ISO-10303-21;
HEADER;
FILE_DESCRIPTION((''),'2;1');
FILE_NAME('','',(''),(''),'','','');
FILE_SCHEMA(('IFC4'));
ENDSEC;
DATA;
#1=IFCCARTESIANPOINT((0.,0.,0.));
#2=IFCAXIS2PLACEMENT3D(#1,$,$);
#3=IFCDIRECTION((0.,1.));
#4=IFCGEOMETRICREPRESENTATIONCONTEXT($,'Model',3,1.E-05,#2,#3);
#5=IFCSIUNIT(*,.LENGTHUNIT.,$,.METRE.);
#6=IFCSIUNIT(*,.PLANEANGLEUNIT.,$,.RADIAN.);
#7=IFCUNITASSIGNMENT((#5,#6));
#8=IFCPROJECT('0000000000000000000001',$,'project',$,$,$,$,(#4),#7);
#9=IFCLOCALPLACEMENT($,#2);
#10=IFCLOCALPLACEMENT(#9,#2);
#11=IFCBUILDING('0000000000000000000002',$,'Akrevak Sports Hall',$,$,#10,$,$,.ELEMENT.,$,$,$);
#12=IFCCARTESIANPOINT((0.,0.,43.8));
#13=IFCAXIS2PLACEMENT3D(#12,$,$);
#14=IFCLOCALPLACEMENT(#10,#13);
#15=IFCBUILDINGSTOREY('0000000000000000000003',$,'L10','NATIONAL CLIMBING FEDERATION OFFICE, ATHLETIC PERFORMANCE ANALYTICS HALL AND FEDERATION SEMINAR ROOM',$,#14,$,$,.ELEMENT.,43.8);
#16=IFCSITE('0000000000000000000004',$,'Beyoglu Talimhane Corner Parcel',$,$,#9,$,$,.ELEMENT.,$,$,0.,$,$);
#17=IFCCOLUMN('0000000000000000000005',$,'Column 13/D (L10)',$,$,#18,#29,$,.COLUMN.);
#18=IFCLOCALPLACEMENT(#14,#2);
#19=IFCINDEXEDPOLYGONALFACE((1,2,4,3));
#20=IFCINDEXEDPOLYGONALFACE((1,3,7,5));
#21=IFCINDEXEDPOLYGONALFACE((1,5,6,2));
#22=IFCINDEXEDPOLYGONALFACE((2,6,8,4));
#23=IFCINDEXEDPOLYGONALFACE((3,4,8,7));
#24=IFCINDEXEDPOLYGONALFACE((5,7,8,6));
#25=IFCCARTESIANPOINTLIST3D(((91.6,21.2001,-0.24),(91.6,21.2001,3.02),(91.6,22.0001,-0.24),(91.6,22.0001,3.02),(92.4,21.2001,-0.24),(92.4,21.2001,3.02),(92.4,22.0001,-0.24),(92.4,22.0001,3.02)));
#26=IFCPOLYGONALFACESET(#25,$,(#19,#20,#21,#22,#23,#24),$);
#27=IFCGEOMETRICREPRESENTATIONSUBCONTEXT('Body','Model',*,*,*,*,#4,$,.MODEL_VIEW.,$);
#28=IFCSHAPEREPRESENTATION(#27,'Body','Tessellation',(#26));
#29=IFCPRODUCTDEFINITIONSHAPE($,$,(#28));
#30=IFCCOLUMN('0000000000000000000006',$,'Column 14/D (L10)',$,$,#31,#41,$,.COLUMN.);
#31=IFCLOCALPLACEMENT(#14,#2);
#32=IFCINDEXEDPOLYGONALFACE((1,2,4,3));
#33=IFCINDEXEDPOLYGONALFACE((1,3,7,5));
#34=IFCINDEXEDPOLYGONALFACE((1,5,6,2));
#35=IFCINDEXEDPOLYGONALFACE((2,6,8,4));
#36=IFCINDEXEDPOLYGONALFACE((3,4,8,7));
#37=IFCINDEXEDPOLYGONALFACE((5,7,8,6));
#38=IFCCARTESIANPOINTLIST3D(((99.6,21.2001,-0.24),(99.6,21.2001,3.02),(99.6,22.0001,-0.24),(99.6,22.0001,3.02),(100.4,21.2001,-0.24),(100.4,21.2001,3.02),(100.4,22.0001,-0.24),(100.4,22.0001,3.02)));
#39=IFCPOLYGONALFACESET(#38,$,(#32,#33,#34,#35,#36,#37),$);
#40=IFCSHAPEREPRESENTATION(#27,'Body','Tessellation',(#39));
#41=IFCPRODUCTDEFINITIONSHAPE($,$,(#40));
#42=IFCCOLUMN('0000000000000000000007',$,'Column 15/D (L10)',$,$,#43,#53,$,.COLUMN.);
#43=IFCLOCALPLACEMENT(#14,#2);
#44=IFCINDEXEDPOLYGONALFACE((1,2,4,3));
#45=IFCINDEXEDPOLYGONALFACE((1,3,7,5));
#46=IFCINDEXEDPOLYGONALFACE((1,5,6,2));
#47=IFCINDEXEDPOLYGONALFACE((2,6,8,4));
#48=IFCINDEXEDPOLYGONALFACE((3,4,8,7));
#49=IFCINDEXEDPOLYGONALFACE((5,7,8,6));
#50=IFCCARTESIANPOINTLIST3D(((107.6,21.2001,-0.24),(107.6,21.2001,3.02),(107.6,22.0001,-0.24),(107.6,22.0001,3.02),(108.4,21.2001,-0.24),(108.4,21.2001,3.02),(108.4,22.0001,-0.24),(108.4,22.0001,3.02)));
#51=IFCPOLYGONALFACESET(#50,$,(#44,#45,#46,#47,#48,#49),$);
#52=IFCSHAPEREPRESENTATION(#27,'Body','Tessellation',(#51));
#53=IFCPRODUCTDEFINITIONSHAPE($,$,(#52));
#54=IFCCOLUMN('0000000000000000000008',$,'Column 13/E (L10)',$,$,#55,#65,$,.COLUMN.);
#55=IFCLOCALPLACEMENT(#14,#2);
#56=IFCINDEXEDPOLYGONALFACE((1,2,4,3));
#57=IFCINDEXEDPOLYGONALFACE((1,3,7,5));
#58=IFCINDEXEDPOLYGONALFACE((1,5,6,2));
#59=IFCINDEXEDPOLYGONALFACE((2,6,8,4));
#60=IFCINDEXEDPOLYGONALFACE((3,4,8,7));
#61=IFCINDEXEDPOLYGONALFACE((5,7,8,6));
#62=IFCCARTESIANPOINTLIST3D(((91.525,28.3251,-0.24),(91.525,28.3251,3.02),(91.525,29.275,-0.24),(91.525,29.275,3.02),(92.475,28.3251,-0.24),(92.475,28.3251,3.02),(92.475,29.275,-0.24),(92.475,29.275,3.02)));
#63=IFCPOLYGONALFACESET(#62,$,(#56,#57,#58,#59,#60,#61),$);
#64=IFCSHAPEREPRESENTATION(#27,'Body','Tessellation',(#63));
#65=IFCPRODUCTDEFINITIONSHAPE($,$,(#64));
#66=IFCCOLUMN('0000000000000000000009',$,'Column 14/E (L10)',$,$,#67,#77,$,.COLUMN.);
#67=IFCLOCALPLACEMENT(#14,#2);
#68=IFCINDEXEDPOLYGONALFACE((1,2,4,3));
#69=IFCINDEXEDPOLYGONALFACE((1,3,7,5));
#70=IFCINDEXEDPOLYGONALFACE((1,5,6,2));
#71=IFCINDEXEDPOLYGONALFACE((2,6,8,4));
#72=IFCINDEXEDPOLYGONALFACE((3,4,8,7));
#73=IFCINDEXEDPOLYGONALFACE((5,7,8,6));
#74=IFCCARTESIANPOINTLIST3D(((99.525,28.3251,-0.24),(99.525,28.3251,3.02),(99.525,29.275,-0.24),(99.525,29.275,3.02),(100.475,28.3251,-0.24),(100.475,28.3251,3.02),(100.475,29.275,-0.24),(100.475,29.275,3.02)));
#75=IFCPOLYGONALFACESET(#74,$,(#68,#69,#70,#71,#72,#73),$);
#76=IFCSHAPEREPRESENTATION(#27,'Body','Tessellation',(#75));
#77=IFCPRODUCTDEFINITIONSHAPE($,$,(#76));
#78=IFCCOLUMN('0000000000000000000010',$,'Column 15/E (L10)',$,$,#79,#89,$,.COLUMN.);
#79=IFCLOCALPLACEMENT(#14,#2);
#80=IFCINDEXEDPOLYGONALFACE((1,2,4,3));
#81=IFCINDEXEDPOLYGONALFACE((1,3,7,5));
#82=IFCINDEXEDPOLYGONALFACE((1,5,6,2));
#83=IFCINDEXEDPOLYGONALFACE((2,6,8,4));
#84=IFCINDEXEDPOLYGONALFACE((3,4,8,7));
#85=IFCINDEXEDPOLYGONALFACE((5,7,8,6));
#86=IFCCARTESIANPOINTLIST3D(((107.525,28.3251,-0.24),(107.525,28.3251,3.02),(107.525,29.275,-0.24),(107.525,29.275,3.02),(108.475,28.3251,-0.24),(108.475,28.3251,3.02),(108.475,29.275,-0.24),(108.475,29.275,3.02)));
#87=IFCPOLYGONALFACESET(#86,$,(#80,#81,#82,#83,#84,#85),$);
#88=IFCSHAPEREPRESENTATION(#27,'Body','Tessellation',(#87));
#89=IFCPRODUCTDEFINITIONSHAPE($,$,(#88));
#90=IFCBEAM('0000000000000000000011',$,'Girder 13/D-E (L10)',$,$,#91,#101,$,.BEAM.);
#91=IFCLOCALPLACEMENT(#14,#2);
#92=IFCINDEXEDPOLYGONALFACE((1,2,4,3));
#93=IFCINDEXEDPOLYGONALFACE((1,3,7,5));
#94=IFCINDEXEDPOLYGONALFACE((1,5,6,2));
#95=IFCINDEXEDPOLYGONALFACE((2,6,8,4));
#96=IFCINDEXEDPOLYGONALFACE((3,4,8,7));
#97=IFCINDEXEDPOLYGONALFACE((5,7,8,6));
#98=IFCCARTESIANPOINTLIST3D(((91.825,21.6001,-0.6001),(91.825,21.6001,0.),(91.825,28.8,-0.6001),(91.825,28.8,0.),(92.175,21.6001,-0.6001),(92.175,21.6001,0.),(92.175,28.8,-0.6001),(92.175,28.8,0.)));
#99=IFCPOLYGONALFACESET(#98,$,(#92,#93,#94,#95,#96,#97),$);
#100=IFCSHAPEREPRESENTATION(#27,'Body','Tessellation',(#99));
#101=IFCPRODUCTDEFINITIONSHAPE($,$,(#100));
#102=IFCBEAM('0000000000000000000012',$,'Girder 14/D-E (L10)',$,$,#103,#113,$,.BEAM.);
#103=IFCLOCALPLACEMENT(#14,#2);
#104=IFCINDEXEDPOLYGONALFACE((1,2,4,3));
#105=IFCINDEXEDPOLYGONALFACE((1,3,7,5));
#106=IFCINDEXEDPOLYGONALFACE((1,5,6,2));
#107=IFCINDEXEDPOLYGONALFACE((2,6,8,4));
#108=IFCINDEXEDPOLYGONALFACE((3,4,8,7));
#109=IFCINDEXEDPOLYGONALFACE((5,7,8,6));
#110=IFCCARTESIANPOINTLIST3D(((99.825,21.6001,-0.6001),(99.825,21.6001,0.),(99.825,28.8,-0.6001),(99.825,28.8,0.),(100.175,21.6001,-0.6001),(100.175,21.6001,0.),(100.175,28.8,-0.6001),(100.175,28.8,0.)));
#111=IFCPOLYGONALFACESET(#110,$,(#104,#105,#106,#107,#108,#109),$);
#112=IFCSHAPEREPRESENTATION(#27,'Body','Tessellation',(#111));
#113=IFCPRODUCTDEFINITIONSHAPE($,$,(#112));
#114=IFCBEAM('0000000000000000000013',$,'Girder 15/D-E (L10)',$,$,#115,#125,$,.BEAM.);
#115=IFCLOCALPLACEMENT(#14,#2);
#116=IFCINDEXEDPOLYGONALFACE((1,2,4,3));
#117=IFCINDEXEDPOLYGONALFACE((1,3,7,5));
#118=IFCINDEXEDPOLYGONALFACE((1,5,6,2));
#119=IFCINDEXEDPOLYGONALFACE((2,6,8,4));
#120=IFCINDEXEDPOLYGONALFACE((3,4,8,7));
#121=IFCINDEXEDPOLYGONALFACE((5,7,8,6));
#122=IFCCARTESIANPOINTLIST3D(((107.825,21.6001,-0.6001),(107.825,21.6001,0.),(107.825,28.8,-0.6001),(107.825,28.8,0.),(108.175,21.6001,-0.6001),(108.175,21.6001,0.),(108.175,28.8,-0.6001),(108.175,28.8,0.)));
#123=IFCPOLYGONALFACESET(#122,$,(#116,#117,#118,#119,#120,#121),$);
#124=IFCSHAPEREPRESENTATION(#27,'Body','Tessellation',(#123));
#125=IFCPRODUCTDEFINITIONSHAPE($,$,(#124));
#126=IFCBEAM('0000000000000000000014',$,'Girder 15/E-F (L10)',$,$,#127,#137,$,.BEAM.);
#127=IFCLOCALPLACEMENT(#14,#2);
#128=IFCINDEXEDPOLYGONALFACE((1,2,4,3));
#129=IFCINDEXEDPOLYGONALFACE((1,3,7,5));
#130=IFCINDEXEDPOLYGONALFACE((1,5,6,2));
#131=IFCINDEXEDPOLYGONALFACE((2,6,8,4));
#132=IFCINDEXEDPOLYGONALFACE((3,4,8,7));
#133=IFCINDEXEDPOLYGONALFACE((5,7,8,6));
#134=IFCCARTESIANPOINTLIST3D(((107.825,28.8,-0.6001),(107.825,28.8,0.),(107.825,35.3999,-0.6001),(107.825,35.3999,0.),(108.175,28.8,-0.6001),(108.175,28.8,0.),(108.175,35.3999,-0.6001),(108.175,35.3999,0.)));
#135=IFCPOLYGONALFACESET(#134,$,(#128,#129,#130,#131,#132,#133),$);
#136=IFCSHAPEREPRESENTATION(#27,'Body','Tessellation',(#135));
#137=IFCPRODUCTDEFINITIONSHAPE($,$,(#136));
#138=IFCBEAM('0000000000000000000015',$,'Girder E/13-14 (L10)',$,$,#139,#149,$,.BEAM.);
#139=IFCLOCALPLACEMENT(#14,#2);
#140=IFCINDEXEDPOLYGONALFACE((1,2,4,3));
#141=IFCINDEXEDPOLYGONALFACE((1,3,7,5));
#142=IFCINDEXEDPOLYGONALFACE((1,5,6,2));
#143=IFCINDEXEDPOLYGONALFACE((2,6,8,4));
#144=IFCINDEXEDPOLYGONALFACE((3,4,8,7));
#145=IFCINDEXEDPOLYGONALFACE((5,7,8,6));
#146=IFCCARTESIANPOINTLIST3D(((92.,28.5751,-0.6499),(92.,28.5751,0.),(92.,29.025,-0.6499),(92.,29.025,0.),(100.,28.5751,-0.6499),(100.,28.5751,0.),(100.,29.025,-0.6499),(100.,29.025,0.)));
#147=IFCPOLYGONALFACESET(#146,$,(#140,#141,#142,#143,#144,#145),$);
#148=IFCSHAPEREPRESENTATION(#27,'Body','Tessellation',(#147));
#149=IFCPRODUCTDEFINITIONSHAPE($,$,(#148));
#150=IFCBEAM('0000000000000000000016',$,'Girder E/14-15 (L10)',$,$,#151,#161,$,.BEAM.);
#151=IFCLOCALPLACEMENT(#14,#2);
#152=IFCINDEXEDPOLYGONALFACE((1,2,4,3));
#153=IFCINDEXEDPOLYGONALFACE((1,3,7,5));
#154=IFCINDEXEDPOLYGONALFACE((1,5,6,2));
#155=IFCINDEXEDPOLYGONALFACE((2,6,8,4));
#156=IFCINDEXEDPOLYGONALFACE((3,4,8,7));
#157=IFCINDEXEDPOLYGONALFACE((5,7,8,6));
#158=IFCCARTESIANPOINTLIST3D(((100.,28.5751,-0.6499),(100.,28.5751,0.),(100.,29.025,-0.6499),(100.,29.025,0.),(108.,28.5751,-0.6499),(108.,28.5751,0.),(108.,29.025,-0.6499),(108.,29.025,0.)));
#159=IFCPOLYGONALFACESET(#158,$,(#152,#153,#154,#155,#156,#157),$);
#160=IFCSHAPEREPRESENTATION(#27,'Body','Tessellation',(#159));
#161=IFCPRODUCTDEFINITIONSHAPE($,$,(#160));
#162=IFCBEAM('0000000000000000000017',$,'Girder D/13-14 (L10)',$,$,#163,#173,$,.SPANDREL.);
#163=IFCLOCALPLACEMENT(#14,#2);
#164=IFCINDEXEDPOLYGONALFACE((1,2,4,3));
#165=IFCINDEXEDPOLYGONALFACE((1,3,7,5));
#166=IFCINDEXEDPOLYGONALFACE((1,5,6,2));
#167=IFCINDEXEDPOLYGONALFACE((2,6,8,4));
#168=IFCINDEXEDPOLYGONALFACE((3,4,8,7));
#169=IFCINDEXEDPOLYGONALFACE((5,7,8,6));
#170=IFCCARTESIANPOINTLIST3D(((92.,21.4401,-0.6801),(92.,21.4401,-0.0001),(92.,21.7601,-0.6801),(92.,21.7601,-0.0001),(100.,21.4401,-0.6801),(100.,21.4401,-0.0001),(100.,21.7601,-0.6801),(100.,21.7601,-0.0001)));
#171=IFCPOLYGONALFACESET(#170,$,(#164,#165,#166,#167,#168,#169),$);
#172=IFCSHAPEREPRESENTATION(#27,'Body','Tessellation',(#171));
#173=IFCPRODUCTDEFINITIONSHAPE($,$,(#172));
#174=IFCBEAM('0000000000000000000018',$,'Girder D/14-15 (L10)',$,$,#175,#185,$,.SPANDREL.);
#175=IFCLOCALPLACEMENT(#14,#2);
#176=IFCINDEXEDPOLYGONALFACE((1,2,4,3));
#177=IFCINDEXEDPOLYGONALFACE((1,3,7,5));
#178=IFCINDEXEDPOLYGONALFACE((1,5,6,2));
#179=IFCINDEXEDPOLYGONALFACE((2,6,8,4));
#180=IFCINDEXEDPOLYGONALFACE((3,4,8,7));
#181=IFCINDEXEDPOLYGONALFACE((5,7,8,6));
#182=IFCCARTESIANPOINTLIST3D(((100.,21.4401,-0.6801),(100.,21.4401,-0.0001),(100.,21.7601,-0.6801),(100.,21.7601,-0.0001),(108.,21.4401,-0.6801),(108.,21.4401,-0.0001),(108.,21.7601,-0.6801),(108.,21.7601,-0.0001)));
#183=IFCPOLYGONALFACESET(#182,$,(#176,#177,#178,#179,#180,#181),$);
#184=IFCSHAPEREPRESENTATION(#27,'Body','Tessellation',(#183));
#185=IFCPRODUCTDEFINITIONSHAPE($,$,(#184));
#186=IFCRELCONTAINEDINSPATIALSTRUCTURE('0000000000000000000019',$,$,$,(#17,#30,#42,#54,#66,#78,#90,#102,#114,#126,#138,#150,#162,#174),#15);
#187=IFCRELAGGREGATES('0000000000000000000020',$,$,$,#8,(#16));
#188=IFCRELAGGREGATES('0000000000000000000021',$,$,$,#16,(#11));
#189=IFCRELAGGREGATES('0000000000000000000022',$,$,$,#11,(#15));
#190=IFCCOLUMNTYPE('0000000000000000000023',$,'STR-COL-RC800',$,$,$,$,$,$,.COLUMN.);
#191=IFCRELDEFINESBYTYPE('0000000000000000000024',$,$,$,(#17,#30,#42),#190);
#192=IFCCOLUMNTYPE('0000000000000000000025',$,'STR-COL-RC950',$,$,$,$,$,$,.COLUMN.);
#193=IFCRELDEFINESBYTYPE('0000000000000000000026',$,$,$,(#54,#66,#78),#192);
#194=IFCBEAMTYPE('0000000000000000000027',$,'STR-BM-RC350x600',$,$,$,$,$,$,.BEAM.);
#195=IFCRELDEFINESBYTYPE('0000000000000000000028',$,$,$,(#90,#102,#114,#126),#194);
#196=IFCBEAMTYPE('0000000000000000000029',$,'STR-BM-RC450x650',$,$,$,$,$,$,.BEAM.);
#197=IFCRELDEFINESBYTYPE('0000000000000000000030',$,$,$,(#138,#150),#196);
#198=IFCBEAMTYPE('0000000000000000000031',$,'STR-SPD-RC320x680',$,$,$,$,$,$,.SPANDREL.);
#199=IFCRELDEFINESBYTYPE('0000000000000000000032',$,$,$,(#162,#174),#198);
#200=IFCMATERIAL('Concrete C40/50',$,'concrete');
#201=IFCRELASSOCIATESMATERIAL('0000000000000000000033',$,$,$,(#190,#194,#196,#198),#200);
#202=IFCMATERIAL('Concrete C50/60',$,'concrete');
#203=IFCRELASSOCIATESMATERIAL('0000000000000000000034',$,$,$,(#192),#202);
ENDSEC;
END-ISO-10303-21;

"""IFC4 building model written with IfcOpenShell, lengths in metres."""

from ifc_helpers import new_model, si_unit, direction, frame, origin, origin_2d, place, context, subcontext, project, spatial, rectangle, extrude, material, material_profile, profile_set, type_object, element, save


model = new_model("IFC4")

# Units and contexts
model_context = context("Model", 3, precision=1e-05, world=origin(), true_north=direction((0.0, 1.0)))
body_context = subcontext(model_context, "Body", "Model", "MODEL_VIEW")
ifc_project = project(units=[si_unit("LENGTHUNIT", "METRE"), si_unit("PLANEANGLEUNIT", "RADIAN")], contexts=[model_context])

# Site, building, storey
site_placement = place(None, origin())
site = spatial("IfcSite", under=ifc_project, at=site_placement, Name="Beyoglu Talimhane Corner Parcel", CompositionType="ELEMENT", RefElevation=0.0)
building_placement = place(site_placement, origin())
building = spatial("IfcBuilding", under=site, at=building_placement, Name="Akrevak Sports Hall", CompositionType="ELEMENT")
storey_placement = place(building_placement, frame((0.0, 0.0, 43.8)))
storey = spatial("IfcBuildingStorey", under=building, at=storey_placement, Name="L10", Description="NATIONAL CLIMBING FEDERATION OFFICE, ATHLETIC PERFORMANCE ANALYTICS HALL AND FEDERATION SEMINAR ROOM", CompositionType="ELEMENT", Elevation=43.8)

# Columns
ifc_material_1 = material(Name="Concrete C40/50", Category="concrete")
ifc_material_profile_1 = material_profile(ifc_material_1, rectangle(XDim=0.8, YDim=0.8, at=origin_2d()), Name="RC 800x800", Category="concrete")
ifc_profile_set_1 = profile_set([ifc_material_profile_1], Name="Concrete C40/50")
column_type_1 = type_object("IfcColumnType", Name="STR-COL-RC800", PredefinedType="COLUMN", material=ifc_profile_set_1)
for number, where, z_axis, x_axis, name in (
    (1, (92.0, 21.6001, -0.24), (0.0, 0.0, 1.0), (1.0, 0.0, 0.0), "Column 13/D (L10)"),
    (2, (100.0, 21.6001, -0.24), (0.0, 0.0, 1.0), (1.0, 0.0, 0.0), "Column 14/D (L10)"),
    (3, (108.0, 21.6001, -0.24), (0.0, 0.0, 1.0), (1.0, 0.0, 0.0), "Column 15/D (L10)"),
):
    element("IfcColumn", number, at=place(storey_placement, frame(where, z_axis=z_axis, x_axis=x_axis)), inside=storey, type_object=column_type_1, Name=name, PredefinedType="COLUMN", context=body_context, shape_type="SweptSolid", body=[
        extrude(rectangle(XDim=0.8, YDim=0.8, at=origin_2d()), origin(), (0.0, 0.0, 1.0), 3.26),
    ])
ifc_material_2 = material(Name="Concrete C50/60", Category="concrete")
ifc_material_profile_2 = material_profile(ifc_material_2, rectangle(XDim=0.95, YDim=0.95, at=origin_2d()), Name="RC 950x950", Category="concrete")
ifc_profile_set_2 = profile_set([ifc_material_profile_2], Name="Concrete C50/60")
column_type_2 = type_object("IfcColumnType", Name="STR-COL-RC950", PredefinedType="COLUMN", material=ifc_profile_set_2)
for number, where, z_axis, x_axis, name in (
    (4, (92.0, 28.8, -0.24), (0.0, 0.0, 1.0), (1.0, 0.0, 0.0), "Column 13/E (L10)"),
    (5, (100.0, 28.8, -0.24), (0.0, 0.0, 1.0), (1.0, 0.0, 0.0), "Column 14/E (L10)"),
    (6, (108.0, 28.8, -0.24), (0.0, 0.0, 1.0), (1.0, 0.0, 0.0), "Column 15/E (L10)"),
):
    element("IfcColumn", number, at=place(storey_placement, frame(where, z_axis=z_axis, x_axis=x_axis)), inside=storey, type_object=column_type_2, Name=name, PredefinedType="COLUMN", context=body_context, shape_type="SweptSolid", body=[
        extrude(rectangle(XDim=0.95, YDim=0.95, at=origin_2d()), origin(), (0.0, 0.0, 1.0), 3.26),
    ])

# Beams
ifc_material_profile_3 = material_profile(ifc_material_1, rectangle(XDim=0.3501, YDim=0.6001, at=origin_2d()), Name="BM 350x600", Category="concrete")
ifc_profile_set_3 = profile_set([ifc_material_profile_3], Name="Concrete C40/50")
beam_type_1 = type_object("IfcBeamType", Name="STR-BM-RC350x600", PredefinedType="BEAM", material=ifc_profile_set_3)
for number, where, z_axis, x_axis, name in (
    (7, (92.0, 21.6001, -0.3), (0.0, 1.0, 0.0), (-1.0, 0.0, 0.0), "Girder 13/D-E (L10)"),
    (8, (100.0, 21.6001, -0.3), (0.0, 1.0, 0.0), (-1.0, 0.0, 0.0), "Girder 14/D-E (L10)"),
    (9, (108.0, 21.6001, -0.3), (0.0, 1.0, 0.0), (-1.0, 0.0, 0.0), "Girder 15/D-E (L10)"),
):
    element("IfcBeam", number, at=place(storey_placement, frame(where, z_axis=z_axis, x_axis=x_axis)), inside=storey, type_object=beam_type_1, Name=name, PredefinedType="BEAM", context=body_context, shape_type="SweptSolid", body=[
        extrude(rectangle(XDim=0.3501, YDim=0.6001, at=origin_2d()), origin(), (0.0, 0.0, 1.0), 7.2),
    ])
beam_placement = place(storey_placement, frame((108.0, 28.8, -0.3), z_axis=(0.0, 1.0, 0.0), x_axis=(-1.0, 0.0, 0.0)))
element("IfcBeam", 10, at=beam_placement, inside=storey, type_object=beam_type_1, Name="Girder 15/E-F (L10)", PredefinedType="BEAM", context=body_context, shape_type="SweptSolid", body=[
    extrude(rectangle(XDim=0.3501, YDim=0.6001, at=origin_2d()), origin(), (0.0, 0.0, 1.0), 6.5999),
])
ifc_material_profile_4 = material_profile(ifc_material_1, rectangle(XDim=0.45, YDim=0.6499, at=origin_2d()), Name="BM 450x650", Category="concrete")
ifc_profile_set_4 = profile_set([ifc_material_profile_4], Name="Concrete C40/50")
beam_type_2 = type_object("IfcBeamType", Name="STR-BM-RC450x650", PredefinedType="BEAM", material=ifc_profile_set_4)
for number, where, z_axis, x_axis, name in (
    (11, (92.0, 28.8, -0.325), (1.0, 0.0, 0.0), (0.0, 1.0, 0.0), "Girder E/13-14 (L10)"),
    (12, (100.0, 28.8, -0.325), (1.0, 0.0, 0.0), (0.0, 1.0, 0.0), "Girder E/14-15 (L10)"),
):
    element("IfcBeam", number, at=place(storey_placement, frame(where, z_axis=z_axis, x_axis=x_axis)), inside=storey, type_object=beam_type_2, Name=name, PredefinedType="BEAM", context=body_context, shape_type="SweptSolid", body=[
        extrude(rectangle(XDim=0.45, YDim=0.6499, at=origin_2d()), origin(), (0.0, 0.0, 1.0), 8.0),
    ])
ifc_material_profile_5 = material_profile(ifc_material_1, rectangle(XDim=0.3201, YDim=0.6799, at=origin_2d()), Name="SPD 320x680", Category="concrete")
ifc_profile_set_5 = profile_set([ifc_material_profile_5], Name="Concrete C40/50")
beam_type_3 = type_object("IfcBeamType", Name="STR-SPD-RC320x680", PredefinedType="SPANDREL", material=ifc_profile_set_5)
for number, where, z_axis, x_axis, name in (
    (13, (92.0, 21.6001, -0.3401), (1.0, 0.0, 0.0), (0.0, 1.0, 0.0), "Girder D/13-14 (L10)"),
    (14, (100.0, 21.6001, -0.3401), (1.0, 0.0, 0.0), (0.0, 1.0, 0.0), "Girder D/14-15 (L10)"),
):
    element("IfcBeam", number, at=place(storey_placement, frame(where, z_axis=z_axis, x_axis=x_axis)), inside=storey, type_object=beam_type_3, Name=name, PredefinedType="SPANDREL", context=body_context, shape_type="SweptSolid", body=[
        extrude(rectangle(XDim=0.3201, YDim=0.6799, at=origin_2d()), origin(), (0.0, 0.0, 1.0), 8.0),
    ])

save(model, "model.ifc")
